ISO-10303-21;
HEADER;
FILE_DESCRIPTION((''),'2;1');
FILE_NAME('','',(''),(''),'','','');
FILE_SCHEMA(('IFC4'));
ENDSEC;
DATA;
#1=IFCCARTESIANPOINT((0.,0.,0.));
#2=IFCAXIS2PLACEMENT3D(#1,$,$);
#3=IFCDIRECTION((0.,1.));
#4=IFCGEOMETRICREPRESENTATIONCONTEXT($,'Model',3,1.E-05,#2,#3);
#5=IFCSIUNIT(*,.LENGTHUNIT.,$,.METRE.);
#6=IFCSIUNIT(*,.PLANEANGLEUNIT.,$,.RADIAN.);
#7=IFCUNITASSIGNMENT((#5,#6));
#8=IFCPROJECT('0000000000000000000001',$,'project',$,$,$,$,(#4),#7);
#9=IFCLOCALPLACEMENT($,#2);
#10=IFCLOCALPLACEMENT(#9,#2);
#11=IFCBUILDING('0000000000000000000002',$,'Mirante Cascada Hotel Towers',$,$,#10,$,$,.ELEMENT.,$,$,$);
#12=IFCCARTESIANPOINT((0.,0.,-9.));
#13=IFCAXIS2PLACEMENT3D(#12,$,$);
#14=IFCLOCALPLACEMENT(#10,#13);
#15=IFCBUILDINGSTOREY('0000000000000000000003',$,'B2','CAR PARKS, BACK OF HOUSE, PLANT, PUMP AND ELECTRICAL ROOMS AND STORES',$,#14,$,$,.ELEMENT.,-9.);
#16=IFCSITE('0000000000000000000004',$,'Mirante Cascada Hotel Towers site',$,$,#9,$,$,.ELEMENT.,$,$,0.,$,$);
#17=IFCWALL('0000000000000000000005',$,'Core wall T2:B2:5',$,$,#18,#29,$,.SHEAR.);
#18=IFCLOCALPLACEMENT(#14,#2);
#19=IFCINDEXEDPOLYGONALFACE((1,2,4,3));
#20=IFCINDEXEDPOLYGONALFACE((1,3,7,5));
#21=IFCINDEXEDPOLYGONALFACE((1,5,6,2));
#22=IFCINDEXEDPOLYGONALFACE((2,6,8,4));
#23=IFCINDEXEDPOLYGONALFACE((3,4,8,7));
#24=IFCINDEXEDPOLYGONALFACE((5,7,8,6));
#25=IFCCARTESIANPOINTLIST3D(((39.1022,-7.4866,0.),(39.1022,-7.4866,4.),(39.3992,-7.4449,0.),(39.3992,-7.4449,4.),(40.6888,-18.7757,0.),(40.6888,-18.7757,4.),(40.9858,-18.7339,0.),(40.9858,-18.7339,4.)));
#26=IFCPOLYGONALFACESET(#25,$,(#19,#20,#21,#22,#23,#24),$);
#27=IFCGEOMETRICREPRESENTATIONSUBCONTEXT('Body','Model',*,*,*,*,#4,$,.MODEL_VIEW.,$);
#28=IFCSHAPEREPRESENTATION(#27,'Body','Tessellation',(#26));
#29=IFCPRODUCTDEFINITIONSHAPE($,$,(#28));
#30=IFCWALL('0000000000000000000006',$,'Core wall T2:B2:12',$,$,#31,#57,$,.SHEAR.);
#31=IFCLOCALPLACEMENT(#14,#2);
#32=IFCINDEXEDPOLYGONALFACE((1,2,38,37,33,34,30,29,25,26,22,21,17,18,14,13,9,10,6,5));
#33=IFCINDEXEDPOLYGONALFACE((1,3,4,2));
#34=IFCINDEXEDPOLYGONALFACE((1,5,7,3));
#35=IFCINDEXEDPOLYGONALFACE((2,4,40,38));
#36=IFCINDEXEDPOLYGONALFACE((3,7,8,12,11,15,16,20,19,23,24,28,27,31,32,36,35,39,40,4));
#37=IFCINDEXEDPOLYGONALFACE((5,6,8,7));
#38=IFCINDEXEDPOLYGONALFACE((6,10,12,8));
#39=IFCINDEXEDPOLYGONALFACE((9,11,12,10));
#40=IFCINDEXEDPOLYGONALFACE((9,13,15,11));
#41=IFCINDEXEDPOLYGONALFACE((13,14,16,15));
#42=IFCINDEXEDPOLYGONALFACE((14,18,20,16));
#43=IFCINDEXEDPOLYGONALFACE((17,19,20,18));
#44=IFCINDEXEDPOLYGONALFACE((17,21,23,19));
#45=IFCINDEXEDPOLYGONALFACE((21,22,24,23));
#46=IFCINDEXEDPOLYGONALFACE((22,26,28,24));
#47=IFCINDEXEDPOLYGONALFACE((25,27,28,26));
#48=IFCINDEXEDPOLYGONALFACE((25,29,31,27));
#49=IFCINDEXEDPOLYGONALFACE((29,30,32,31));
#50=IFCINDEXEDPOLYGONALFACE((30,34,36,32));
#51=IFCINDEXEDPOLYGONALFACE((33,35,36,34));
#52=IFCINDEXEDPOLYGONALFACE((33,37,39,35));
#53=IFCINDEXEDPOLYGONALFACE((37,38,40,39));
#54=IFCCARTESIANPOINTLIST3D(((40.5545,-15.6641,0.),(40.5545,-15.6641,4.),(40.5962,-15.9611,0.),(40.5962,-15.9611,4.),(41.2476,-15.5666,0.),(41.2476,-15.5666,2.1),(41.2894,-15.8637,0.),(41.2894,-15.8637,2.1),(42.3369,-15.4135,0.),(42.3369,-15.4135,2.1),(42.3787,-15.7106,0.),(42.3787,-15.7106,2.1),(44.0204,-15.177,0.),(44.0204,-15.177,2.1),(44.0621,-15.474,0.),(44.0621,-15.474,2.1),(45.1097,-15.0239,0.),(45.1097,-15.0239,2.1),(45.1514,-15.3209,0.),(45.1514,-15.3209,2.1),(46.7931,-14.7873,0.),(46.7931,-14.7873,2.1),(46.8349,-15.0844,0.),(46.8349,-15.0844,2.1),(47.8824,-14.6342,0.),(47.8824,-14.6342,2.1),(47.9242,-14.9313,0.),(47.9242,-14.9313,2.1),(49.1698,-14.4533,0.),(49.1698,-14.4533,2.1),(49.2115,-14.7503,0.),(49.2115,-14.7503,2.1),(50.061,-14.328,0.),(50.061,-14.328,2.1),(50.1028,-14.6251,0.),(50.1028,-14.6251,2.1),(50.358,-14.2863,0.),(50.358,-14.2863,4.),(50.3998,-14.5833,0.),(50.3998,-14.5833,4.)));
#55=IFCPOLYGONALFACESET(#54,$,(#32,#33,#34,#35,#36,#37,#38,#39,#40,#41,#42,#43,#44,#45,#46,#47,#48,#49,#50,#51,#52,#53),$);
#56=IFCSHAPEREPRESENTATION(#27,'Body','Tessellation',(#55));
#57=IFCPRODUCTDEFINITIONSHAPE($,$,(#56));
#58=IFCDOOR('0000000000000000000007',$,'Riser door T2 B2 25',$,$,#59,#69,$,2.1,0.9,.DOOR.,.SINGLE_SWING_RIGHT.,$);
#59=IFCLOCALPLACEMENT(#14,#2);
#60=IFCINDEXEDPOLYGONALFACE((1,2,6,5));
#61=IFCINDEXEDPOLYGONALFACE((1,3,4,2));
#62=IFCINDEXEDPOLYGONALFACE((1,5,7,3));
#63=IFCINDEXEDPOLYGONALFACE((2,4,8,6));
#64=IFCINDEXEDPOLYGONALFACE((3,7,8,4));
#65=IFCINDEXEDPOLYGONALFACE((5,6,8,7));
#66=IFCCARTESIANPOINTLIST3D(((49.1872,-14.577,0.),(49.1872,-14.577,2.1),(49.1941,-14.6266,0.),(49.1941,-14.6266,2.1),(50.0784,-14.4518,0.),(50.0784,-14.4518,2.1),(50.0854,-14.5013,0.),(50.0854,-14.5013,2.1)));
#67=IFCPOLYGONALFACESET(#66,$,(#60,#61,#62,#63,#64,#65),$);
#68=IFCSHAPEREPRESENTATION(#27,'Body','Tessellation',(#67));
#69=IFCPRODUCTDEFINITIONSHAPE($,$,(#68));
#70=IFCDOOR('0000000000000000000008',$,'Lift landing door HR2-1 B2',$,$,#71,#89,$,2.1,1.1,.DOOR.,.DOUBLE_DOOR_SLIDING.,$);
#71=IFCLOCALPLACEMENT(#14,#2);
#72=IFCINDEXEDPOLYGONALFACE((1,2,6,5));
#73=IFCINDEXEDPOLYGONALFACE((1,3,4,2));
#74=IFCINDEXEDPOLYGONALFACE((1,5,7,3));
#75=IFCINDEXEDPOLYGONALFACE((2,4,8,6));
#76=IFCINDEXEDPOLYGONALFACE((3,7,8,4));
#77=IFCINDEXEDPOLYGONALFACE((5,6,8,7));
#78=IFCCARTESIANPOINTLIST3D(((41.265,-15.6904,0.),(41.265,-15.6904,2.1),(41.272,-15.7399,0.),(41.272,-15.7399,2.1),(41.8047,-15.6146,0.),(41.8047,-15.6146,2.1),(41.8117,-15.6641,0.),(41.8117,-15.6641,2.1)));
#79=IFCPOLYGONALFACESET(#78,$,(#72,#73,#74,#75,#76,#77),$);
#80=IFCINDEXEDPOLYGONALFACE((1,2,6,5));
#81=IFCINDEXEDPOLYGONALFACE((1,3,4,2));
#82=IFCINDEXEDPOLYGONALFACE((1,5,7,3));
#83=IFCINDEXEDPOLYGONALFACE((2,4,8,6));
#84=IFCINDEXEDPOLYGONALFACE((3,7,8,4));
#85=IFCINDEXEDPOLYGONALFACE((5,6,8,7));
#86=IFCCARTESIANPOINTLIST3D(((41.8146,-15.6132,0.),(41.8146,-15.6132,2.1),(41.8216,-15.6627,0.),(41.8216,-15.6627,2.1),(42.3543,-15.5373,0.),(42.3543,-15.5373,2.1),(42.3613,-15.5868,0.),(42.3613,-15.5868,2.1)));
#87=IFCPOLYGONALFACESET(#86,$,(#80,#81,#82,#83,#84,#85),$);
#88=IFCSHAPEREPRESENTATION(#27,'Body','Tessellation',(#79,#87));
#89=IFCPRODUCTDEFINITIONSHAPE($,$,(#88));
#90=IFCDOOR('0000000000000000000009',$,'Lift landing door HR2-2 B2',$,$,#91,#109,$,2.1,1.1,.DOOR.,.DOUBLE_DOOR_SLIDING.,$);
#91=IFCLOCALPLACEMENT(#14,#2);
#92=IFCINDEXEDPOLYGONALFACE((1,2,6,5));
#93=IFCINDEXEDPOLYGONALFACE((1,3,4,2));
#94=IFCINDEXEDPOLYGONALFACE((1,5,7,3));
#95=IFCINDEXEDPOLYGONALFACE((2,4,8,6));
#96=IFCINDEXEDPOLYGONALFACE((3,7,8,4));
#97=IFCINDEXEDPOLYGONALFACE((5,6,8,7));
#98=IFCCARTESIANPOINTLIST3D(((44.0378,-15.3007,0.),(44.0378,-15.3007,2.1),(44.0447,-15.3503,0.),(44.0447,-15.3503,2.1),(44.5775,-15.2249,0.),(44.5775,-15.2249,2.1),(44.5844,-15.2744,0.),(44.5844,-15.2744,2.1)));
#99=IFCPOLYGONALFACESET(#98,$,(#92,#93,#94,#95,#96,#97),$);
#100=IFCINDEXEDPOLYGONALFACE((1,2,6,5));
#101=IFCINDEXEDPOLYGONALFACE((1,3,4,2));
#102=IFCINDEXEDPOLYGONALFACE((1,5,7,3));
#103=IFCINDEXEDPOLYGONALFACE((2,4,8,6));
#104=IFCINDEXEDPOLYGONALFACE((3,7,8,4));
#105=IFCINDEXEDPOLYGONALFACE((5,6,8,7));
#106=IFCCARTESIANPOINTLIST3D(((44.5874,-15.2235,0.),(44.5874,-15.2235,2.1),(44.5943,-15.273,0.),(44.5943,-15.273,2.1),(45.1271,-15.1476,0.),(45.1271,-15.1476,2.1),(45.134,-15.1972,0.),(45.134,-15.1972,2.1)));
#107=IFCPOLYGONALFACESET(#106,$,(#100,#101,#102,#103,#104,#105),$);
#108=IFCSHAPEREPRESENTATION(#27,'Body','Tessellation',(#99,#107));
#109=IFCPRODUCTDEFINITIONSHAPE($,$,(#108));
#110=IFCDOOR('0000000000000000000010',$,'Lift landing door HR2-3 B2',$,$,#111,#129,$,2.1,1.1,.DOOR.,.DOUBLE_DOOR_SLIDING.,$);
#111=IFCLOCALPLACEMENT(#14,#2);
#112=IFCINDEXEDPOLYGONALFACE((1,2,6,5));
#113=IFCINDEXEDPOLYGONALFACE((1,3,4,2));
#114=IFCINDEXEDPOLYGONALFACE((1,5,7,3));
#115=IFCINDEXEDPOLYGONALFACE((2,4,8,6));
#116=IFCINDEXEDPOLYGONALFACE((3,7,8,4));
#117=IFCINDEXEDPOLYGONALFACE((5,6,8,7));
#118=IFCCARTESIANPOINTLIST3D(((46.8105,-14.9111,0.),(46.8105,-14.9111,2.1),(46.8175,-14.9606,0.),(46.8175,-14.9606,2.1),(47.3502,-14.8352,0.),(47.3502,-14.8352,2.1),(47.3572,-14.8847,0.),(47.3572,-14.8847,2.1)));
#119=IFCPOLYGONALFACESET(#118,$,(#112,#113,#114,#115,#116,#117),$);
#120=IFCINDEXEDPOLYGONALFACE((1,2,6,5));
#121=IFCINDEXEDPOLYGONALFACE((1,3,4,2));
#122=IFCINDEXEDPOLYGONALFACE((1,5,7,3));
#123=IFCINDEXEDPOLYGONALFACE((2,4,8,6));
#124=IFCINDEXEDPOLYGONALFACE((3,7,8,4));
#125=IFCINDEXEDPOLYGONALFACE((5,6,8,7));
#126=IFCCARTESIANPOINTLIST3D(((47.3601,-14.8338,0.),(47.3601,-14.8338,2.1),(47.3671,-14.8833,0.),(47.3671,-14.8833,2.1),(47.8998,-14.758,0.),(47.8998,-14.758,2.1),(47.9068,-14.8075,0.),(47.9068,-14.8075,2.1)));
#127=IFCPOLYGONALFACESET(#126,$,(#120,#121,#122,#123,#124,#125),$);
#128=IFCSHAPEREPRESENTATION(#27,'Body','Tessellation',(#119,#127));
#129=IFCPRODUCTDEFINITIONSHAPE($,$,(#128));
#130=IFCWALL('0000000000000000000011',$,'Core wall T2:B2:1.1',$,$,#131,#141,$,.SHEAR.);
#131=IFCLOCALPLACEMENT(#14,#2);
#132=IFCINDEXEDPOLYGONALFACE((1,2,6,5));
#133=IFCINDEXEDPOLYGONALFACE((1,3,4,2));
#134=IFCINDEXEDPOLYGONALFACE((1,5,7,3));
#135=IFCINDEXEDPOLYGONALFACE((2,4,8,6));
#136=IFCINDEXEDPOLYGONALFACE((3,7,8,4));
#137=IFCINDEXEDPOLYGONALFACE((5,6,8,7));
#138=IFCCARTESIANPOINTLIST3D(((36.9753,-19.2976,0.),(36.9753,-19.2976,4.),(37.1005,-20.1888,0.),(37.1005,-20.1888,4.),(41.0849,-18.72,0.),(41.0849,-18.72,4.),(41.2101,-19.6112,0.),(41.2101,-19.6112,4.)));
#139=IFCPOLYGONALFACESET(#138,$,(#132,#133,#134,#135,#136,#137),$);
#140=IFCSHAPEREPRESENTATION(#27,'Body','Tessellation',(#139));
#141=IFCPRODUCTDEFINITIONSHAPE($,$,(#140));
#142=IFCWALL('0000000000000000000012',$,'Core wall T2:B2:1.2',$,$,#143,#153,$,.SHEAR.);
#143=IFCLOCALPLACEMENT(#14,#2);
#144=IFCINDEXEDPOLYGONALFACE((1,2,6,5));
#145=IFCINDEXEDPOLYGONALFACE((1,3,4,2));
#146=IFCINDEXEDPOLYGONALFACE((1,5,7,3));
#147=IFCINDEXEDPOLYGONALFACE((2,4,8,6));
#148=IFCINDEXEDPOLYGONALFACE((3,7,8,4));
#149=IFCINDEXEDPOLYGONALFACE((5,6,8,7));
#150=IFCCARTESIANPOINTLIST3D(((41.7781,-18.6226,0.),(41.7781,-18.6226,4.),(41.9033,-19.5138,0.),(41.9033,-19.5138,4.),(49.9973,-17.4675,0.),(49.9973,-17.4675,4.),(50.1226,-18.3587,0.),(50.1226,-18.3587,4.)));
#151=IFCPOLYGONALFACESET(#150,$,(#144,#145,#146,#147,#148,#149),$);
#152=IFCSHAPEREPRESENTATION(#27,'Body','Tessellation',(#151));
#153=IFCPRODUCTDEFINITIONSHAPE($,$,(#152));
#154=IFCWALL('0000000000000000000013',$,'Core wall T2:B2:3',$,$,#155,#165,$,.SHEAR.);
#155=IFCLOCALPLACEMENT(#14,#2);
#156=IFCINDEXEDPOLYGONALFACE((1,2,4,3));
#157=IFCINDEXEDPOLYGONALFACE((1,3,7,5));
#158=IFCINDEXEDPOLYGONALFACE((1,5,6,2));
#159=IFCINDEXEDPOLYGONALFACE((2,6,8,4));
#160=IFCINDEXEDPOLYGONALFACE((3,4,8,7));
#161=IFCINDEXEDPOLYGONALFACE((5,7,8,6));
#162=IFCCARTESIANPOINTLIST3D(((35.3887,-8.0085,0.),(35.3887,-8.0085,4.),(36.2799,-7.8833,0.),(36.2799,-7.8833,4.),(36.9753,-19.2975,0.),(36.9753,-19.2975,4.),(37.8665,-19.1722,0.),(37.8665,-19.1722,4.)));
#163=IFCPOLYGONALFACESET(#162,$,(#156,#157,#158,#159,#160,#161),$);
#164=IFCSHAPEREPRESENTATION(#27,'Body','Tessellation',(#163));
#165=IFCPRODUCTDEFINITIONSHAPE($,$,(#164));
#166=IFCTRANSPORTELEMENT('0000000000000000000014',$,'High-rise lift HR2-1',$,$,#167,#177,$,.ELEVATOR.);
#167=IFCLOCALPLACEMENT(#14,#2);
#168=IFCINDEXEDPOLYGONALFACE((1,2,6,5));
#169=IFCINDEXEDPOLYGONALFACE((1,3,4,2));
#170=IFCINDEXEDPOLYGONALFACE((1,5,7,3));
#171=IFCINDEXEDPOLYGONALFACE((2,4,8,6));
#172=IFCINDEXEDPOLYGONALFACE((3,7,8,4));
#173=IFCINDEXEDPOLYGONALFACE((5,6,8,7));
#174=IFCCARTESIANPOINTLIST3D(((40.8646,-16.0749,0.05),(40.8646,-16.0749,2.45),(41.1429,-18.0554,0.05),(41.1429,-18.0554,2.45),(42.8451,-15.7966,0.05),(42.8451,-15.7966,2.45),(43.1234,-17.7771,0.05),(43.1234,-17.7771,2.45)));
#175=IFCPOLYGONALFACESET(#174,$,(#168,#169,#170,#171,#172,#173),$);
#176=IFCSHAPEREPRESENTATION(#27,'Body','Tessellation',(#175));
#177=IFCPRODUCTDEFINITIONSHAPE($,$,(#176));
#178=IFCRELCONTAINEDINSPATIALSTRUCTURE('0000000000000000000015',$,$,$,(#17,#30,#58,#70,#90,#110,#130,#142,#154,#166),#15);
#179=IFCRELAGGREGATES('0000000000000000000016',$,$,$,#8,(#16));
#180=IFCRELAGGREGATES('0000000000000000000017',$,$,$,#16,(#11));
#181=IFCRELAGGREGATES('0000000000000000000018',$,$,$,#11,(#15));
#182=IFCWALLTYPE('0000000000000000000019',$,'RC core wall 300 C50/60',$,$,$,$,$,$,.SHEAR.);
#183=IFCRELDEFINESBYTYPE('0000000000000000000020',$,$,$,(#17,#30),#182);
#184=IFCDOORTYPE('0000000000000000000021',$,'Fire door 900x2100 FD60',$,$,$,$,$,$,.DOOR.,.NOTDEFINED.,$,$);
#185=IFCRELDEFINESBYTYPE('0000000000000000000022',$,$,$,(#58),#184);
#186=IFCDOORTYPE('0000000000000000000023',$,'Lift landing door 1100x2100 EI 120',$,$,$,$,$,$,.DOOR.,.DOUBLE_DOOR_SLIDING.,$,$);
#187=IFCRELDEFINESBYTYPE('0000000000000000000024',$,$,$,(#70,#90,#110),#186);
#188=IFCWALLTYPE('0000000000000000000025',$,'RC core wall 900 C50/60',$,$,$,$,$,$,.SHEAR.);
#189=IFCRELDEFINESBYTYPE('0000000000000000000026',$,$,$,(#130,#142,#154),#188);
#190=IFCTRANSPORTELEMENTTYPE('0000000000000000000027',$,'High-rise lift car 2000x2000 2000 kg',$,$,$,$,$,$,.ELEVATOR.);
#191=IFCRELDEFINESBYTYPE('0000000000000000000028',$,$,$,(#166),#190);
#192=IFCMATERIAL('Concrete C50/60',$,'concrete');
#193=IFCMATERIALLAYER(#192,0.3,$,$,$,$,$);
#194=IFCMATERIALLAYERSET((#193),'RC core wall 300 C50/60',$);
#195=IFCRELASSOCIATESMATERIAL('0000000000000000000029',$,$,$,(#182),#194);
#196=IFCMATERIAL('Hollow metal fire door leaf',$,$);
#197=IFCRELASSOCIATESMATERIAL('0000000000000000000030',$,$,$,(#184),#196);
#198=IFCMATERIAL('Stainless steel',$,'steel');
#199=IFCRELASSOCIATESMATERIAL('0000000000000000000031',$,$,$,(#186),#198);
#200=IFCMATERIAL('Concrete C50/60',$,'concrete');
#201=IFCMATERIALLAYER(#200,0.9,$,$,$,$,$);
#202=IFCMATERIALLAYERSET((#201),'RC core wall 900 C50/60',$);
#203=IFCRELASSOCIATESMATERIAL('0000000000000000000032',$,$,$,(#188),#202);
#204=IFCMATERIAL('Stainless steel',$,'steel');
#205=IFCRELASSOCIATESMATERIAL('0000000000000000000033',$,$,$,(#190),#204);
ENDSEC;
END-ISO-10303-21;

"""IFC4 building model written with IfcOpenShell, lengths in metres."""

from ifc_helpers import new_model, si_unit, direction, frame, frame_2d, origin, origin_2d, place, context, subcontext, project, spatial, rectangle, extrude, material, layer, layer_set, type_object, element, fill, save


model = new_model("IFC4")

# Units and contexts
model_context = context("Model", 3, precision=1e-05, world=origin(), true_north=direction((0.0, 1.0)))
body_context = subcontext(model_context, "Body", "Model", "MODEL_VIEW")
ifc_project = project(units=[si_unit("LENGTHUNIT", "METRE"), si_unit("PLANEANGLEUNIT", "RADIAN")], contexts=[model_context])

# Site, building, storey
site_placement = place(None, origin())
site = spatial("IfcSite", under=ifc_project, at=site_placement, Name="Mirante Cascada Hotel Towers site", CompositionType="ELEMENT", RefElevation=0.0)
building_placement = place(site_placement, origin())
building = spatial("IfcBuilding", under=site, at=building_placement, Name="Mirante Cascada Hotel Towers", CompositionType="ELEMENT")
storey_placement = place(building_placement, frame((0.0, 0.0, -9.0)))
storey = spatial("IfcBuildingStorey", under=building, at=storey_placement, Name="B2", Description="CAR PARKS, BACK OF HOUSE, PLANT, PUMP AND ELECTRICAL ROOMS AND STORES", CompositionType="ELEMENT", Elevation=-9.0)

# Wall
ifc_material_1 = material(Name="Concrete C50/60", Category="concrete")
ifc_layer_1 = layer(ifc_material_1, 0.3)
ifc_layer_set_1 = layer_set([ifc_layer_1], Name="RC core wall 300 C50/60")
wall_type_1 = type_object("IfcWallType", Name="RC core wall 300 C50/60", PredefinedType="SHEAR", material=ifc_layer_set_1)
wall_1_placement = place(storey_placement, frame((40.8373, -18.7548, 0.0), z_axis=(0.0, 0.0, 1.0), x_axis=(-0.139175, 0.990268, 0.0)))
element("IfcWall", 1, at=wall_1_placement, inside=storey, type_object=wall_type_1, Name="Core wall T2:B2:5", PredefinedType="SHEAR", context=body_context, shape_type="SweptSolid", body=[
    extrude(rectangle(XDim=11.4, YDim=0.3, at=frame_2d((5.7, 0.0))), origin(), (0.0, 0.0, 1.0), 4.0),
])

# Wall, openings, doors
wall_2_placement = place(storey_placement, frame((40.5753, -15.8126, 0.0), z_axis=(0.0, 0.0, 1.0), x_axis=(0.990268, 0.139173, 0.0)))
wall_2 = element("IfcWall", 2, at=wall_2_placement, inside=storey, type_object=wall_type_1, Name="Core wall T2:B2:12", PredefinedType="SHEAR", context=body_context, shape_type="SweptSolid", body=[
    extrude(rectangle(XDim=9.8999, YDim=0.3, at=frame_2d((4.95, 0.0))), origin(), (0.0, 0.0, 1.0), 4.0),
])
opening_1_placement = place(wall_2_placement, frame((0.7, 0.0, 0.0)))
opening_1 = element("IfcOpeningElement", 3, at=opening_1_placement, cuts=wall_2, PredefinedType="OPENING", context=body_context, shape_type="SweptSolid", body=[
    extrude(rectangle(XDim=1.1, YDim=2.1, at=frame_2d((0.55, 1.05))), frame((0.0, 0.15, 0.0), z_axis=(0.0, -1.0, 0.0), x_axis=(1.0, 0.0, 0.0)), (0.0, 0.0, 1.0), 0.3),
])
opening_2_placement = place(wall_2_placement, frame((3.5, 0.0, 0.0)))
opening_2 = element("IfcOpeningElement", 4, at=opening_2_placement, cuts=wall_2, PredefinedType="OPENING", context=body_context, shape_type="SweptSolid", body=[
    extrude(rectangle(XDim=1.1, YDim=2.1, at=frame_2d((0.55, 1.05))), frame((0.0, 0.15, 0.0), z_axis=(0.0, -1.0, 0.0), x_axis=(1.0, 0.0, 0.0)), (0.0, 0.0, 1.0), 0.3),
])
opening_3_placement = place(wall_2_placement, frame((6.3, 0.0, 0.0)))
opening_3 = element("IfcOpeningElement", 5, at=opening_3_placement, cuts=wall_2, PredefinedType="OPENING", context=body_context, shape_type="SweptSolid", body=[
    extrude(rectangle(XDim=1.1, YDim=2.1, at=frame_2d((0.55, 1.05))), frame((0.0, 0.15, 0.0), z_axis=(0.0, -1.0, 0.0), x_axis=(1.0, 0.0, 0.0)), (0.0, 0.0, 1.0), 0.3),
])
opening_4_placement = place(wall_2_placement, frame((8.7, 0.0, 0.0)))
opening_4 = element("IfcOpeningElement", 6, at=opening_4_placement, cuts=wall_2, PredefinedType="OPENING", context=body_context, shape_type="SweptSolid", body=[
    extrude(rectangle(XDim=0.9, YDim=2.1, at=frame_2d((0.45, 1.05))), frame((0.0, 0.15, 0.0), z_axis=(0.0, -1.0, 0.0), x_axis=(1.0, 0.0, 0.0)), (0.0, 0.0, 1.0), 0.3),
])
ifc_material_2 = material(Name="Hollow metal fire door leaf")
door_type_1 = type_object("IfcDoorType", Name="Fire door 900x2100 FD60", OperationType="NOTDEFINED", PredefinedType="DOOR", material=ifc_material_2)
door_1_placement = place(opening_4_placement, frame((0.9, 0.0, 0.0), z_axis=(0.0, 0.0, 1.0), x_axis=(-1.0, 0.0, 0.0)))
door_1 = element("IfcDoor", 7, at=door_1_placement, inside=storey, type_object=door_type_1, Name="Riser door T2 B2 25", OperationType="SINGLE_SWING_RIGHT", OverallHeight=2.1, OverallWidth=0.9, PredefinedType="DOOR", context=body_context, shape_type="SweptSolid", body=[
    extrude(rectangle(XDim=0.9, YDim=2.1, at=frame_2d((0.45, 1.05))), frame((0.0, 0.025, 0.0), z_axis=(0.0, -1.0, 0.0), x_axis=(1.0, 0.0, 0.0)), (0.0, 0.0, 1.0), 0.05),
])
fill(opening_4, door_1)
ifc_material_3 = material(Name="Stainless steel", Category="steel")
door_type_2 = type_object("IfcDoorType", Name="Lift landing door 1100x2100 EI 120", OperationType="DOUBLE_DOOR_SLIDING", PredefinedType="DOOR", material=ifc_material_3)
door_2_placement = place(opening_1_placement, origin())
door_2 = element("IfcDoor", 8, at=door_2_placement, inside=storey, type_object=door_type_2, Name="Lift landing door HR2-1 B2", OperationType="DOUBLE_DOOR_SLIDING", OverallHeight=2.1, OverallWidth=1.1, PredefinedType="DOOR", context=body_context, shape_type="SweptSolid", body=[
    extrude(rectangle(XDim=0.545, YDim=2.1, at=frame_2d((0.2725, 1.05))), frame((0.0, 0.025, 0.0), z_axis=(0.0, -1.0, 0.0), x_axis=(1.0, 0.0, 0.0)), (0.0, 0.0, 1.0), 0.05),
    extrude(rectangle(XDim=0.545, YDim=2.1, at=frame_2d((0.8275, 1.05))), frame((0.0, 0.025, 0.0), z_axis=(0.0, -1.0, 0.0), x_axis=(1.0, 0.0, 0.0)), (0.0, 0.0, 1.0), 0.05),
])
fill(opening_1, door_2)
door_3_placement = place(opening_2_placement, origin())
door_3 = element("IfcDoor", 9, at=door_3_placement, inside=storey, type_object=door_type_2, Name="Lift landing door HR2-2 B2", OperationType="DOUBLE_DOOR_SLIDING", OverallHeight=2.1, OverallWidth=1.1, PredefinedType="DOOR", context=body_context, shape_type="SweptSolid", body=[
    extrude(rectangle(XDim=0.545, YDim=2.1, at=frame_2d((0.2725, 1.05))), frame((0.0, 0.025, 0.0), z_axis=(0.0, -1.0, 0.0), x_axis=(1.0, 0.0, 0.0)), (0.0, 0.0, 1.0), 0.05),
    extrude(rectangle(XDim=0.545, YDim=2.1, at=frame_2d((0.8275, 1.05))), frame((0.0, 0.025, 0.0), z_axis=(0.0, -1.0, 0.0), x_axis=(1.0, 0.0, 0.0)), (0.0, 0.0, 1.0), 0.05),
])
fill(opening_2, door_3)
door_4_placement = place(opening_3_placement, origin())
door_4 = element("IfcDoor", 10, at=door_4_placement, inside=storey, type_object=door_type_2, Name="Lift landing door HR2-3 B2", OperationType="DOUBLE_DOOR_SLIDING", OverallHeight=2.1, OverallWidth=1.1, PredefinedType="DOOR", context=body_context, shape_type="SweptSolid", body=[
    extrude(rectangle(XDim=0.545, YDim=2.1, at=frame_2d((0.2725, 1.05))), frame((0.0, 0.025, 0.0), z_axis=(0.0, -1.0, 0.0), x_axis=(1.0, 0.0, 0.0)), (0.0, 0.0, 1.0), 0.05),
    extrude(rectangle(XDim=0.545, YDim=2.1, at=frame_2d((0.8275, 1.05))), frame((0.0, 0.025, 0.0), z_axis=(0.0, -1.0, 0.0), x_axis=(1.0, 0.0, 0.0)), (0.0, 0.0, 1.0), 0.05),
])
fill(opening_3, door_4)

# Walls
ifc_material_4 = material(Name="Concrete C50/60", Category="concrete")
ifc_layer_2 = layer(ifc_material_4, 0.9)
ifc_layer_set_2 = layer_set([ifc_layer_2], Name="RC core wall 900 C50/60")
wall_type_2 = type_object("IfcWallType", Name="RC core wall 900 C50/60", PredefinedType="SHEAR", material=ifc_layer_set_2)
wall_3_placement = place(storey_placement, frame((37.0379, -19.7432, 0.0), z_axis=(0.0, 0.0, 1.0), x_axis=(0.990267, 0.139181, 0.0)))
element("IfcWall", 11, at=wall_3_placement, inside=storey, type_object=wall_type_2, Name="Core wall T2:B2:1.1", PredefinedType="SHEAR", context=body_context, shape_type="SweptSolid", body=[
    extrude(rectangle(XDim=4.15, YDim=0.9, at=frame_2d((2.075, 0.0))), origin(), (0.0, 0.0, 1.0), 4.0),
])
wall_4_placement = place(storey_placement, frame((41.8407, -19.0682, 0.0), z_axis=(0.0, 0.0, 1.0), x_axis=(0.990269, 0.139169, 0.0)))
element("IfcWall", 12, at=wall_4_placement, inside=storey, type_object=wall_type_2, Name="Core wall T2:B2:1.2", PredefinedType="SHEAR", context=body_context, shape_type="SweptSolid", body=[
    extrude(rectangle(XDim=8.3, YDim=0.9, at=frame_2d((4.15, 0.0))), origin(), (0.0, 0.0, 1.0), 4.0),
])
wall_5_placement = place(storey_placement, frame((37.4209, -19.2349, 0.0), z_axis=(0.0, 0.0, 1.0), x_axis=(-0.139176, 0.990268, 0.0)))
element("IfcWall", 13, at=wall_5_placement, inside=storey, type_object=wall_type_2, Name="Core wall T2:B2:3", PredefinedType="SHEAR", context=body_context, shape_type="SweptSolid", body=[
    extrude(rectangle(XDim=11.3999, YDim=0.9, at=frame_2d((5.7, 0.0))), origin(), (0.0, 0.0, 1.0), 4.0),
])

# Transport element
ifc_material_5 = material(Name="Stainless steel", Category="steel")
transport_element_type = type_object("IfcTransportElementType", Name="High-rise lift car 2000x2000 2000 kg", PredefinedType="ELEVATOR", material=ifc_material_5)
transport_element_placement = place(storey_placement, frame((41.994, -16.926, 0.05), z_axis=(0.0, 0.0, 1.0), x_axis=(0.990268, 0.139173, 0.0)))
element("IfcTransportElement", 14, at=transport_element_placement, inside=storey, type_object=transport_element_type, Name="High-rise lift HR2-1", PredefinedType="ELEVATOR", context=body_context, shape_type="SweptSolid", body=[
    extrude(rectangle(XDim=2.0, YDim=2.0, at=origin_2d()), origin(), (0.0, 0.0, 1.0), 2.4),
])

save(model, "model.ifc")
